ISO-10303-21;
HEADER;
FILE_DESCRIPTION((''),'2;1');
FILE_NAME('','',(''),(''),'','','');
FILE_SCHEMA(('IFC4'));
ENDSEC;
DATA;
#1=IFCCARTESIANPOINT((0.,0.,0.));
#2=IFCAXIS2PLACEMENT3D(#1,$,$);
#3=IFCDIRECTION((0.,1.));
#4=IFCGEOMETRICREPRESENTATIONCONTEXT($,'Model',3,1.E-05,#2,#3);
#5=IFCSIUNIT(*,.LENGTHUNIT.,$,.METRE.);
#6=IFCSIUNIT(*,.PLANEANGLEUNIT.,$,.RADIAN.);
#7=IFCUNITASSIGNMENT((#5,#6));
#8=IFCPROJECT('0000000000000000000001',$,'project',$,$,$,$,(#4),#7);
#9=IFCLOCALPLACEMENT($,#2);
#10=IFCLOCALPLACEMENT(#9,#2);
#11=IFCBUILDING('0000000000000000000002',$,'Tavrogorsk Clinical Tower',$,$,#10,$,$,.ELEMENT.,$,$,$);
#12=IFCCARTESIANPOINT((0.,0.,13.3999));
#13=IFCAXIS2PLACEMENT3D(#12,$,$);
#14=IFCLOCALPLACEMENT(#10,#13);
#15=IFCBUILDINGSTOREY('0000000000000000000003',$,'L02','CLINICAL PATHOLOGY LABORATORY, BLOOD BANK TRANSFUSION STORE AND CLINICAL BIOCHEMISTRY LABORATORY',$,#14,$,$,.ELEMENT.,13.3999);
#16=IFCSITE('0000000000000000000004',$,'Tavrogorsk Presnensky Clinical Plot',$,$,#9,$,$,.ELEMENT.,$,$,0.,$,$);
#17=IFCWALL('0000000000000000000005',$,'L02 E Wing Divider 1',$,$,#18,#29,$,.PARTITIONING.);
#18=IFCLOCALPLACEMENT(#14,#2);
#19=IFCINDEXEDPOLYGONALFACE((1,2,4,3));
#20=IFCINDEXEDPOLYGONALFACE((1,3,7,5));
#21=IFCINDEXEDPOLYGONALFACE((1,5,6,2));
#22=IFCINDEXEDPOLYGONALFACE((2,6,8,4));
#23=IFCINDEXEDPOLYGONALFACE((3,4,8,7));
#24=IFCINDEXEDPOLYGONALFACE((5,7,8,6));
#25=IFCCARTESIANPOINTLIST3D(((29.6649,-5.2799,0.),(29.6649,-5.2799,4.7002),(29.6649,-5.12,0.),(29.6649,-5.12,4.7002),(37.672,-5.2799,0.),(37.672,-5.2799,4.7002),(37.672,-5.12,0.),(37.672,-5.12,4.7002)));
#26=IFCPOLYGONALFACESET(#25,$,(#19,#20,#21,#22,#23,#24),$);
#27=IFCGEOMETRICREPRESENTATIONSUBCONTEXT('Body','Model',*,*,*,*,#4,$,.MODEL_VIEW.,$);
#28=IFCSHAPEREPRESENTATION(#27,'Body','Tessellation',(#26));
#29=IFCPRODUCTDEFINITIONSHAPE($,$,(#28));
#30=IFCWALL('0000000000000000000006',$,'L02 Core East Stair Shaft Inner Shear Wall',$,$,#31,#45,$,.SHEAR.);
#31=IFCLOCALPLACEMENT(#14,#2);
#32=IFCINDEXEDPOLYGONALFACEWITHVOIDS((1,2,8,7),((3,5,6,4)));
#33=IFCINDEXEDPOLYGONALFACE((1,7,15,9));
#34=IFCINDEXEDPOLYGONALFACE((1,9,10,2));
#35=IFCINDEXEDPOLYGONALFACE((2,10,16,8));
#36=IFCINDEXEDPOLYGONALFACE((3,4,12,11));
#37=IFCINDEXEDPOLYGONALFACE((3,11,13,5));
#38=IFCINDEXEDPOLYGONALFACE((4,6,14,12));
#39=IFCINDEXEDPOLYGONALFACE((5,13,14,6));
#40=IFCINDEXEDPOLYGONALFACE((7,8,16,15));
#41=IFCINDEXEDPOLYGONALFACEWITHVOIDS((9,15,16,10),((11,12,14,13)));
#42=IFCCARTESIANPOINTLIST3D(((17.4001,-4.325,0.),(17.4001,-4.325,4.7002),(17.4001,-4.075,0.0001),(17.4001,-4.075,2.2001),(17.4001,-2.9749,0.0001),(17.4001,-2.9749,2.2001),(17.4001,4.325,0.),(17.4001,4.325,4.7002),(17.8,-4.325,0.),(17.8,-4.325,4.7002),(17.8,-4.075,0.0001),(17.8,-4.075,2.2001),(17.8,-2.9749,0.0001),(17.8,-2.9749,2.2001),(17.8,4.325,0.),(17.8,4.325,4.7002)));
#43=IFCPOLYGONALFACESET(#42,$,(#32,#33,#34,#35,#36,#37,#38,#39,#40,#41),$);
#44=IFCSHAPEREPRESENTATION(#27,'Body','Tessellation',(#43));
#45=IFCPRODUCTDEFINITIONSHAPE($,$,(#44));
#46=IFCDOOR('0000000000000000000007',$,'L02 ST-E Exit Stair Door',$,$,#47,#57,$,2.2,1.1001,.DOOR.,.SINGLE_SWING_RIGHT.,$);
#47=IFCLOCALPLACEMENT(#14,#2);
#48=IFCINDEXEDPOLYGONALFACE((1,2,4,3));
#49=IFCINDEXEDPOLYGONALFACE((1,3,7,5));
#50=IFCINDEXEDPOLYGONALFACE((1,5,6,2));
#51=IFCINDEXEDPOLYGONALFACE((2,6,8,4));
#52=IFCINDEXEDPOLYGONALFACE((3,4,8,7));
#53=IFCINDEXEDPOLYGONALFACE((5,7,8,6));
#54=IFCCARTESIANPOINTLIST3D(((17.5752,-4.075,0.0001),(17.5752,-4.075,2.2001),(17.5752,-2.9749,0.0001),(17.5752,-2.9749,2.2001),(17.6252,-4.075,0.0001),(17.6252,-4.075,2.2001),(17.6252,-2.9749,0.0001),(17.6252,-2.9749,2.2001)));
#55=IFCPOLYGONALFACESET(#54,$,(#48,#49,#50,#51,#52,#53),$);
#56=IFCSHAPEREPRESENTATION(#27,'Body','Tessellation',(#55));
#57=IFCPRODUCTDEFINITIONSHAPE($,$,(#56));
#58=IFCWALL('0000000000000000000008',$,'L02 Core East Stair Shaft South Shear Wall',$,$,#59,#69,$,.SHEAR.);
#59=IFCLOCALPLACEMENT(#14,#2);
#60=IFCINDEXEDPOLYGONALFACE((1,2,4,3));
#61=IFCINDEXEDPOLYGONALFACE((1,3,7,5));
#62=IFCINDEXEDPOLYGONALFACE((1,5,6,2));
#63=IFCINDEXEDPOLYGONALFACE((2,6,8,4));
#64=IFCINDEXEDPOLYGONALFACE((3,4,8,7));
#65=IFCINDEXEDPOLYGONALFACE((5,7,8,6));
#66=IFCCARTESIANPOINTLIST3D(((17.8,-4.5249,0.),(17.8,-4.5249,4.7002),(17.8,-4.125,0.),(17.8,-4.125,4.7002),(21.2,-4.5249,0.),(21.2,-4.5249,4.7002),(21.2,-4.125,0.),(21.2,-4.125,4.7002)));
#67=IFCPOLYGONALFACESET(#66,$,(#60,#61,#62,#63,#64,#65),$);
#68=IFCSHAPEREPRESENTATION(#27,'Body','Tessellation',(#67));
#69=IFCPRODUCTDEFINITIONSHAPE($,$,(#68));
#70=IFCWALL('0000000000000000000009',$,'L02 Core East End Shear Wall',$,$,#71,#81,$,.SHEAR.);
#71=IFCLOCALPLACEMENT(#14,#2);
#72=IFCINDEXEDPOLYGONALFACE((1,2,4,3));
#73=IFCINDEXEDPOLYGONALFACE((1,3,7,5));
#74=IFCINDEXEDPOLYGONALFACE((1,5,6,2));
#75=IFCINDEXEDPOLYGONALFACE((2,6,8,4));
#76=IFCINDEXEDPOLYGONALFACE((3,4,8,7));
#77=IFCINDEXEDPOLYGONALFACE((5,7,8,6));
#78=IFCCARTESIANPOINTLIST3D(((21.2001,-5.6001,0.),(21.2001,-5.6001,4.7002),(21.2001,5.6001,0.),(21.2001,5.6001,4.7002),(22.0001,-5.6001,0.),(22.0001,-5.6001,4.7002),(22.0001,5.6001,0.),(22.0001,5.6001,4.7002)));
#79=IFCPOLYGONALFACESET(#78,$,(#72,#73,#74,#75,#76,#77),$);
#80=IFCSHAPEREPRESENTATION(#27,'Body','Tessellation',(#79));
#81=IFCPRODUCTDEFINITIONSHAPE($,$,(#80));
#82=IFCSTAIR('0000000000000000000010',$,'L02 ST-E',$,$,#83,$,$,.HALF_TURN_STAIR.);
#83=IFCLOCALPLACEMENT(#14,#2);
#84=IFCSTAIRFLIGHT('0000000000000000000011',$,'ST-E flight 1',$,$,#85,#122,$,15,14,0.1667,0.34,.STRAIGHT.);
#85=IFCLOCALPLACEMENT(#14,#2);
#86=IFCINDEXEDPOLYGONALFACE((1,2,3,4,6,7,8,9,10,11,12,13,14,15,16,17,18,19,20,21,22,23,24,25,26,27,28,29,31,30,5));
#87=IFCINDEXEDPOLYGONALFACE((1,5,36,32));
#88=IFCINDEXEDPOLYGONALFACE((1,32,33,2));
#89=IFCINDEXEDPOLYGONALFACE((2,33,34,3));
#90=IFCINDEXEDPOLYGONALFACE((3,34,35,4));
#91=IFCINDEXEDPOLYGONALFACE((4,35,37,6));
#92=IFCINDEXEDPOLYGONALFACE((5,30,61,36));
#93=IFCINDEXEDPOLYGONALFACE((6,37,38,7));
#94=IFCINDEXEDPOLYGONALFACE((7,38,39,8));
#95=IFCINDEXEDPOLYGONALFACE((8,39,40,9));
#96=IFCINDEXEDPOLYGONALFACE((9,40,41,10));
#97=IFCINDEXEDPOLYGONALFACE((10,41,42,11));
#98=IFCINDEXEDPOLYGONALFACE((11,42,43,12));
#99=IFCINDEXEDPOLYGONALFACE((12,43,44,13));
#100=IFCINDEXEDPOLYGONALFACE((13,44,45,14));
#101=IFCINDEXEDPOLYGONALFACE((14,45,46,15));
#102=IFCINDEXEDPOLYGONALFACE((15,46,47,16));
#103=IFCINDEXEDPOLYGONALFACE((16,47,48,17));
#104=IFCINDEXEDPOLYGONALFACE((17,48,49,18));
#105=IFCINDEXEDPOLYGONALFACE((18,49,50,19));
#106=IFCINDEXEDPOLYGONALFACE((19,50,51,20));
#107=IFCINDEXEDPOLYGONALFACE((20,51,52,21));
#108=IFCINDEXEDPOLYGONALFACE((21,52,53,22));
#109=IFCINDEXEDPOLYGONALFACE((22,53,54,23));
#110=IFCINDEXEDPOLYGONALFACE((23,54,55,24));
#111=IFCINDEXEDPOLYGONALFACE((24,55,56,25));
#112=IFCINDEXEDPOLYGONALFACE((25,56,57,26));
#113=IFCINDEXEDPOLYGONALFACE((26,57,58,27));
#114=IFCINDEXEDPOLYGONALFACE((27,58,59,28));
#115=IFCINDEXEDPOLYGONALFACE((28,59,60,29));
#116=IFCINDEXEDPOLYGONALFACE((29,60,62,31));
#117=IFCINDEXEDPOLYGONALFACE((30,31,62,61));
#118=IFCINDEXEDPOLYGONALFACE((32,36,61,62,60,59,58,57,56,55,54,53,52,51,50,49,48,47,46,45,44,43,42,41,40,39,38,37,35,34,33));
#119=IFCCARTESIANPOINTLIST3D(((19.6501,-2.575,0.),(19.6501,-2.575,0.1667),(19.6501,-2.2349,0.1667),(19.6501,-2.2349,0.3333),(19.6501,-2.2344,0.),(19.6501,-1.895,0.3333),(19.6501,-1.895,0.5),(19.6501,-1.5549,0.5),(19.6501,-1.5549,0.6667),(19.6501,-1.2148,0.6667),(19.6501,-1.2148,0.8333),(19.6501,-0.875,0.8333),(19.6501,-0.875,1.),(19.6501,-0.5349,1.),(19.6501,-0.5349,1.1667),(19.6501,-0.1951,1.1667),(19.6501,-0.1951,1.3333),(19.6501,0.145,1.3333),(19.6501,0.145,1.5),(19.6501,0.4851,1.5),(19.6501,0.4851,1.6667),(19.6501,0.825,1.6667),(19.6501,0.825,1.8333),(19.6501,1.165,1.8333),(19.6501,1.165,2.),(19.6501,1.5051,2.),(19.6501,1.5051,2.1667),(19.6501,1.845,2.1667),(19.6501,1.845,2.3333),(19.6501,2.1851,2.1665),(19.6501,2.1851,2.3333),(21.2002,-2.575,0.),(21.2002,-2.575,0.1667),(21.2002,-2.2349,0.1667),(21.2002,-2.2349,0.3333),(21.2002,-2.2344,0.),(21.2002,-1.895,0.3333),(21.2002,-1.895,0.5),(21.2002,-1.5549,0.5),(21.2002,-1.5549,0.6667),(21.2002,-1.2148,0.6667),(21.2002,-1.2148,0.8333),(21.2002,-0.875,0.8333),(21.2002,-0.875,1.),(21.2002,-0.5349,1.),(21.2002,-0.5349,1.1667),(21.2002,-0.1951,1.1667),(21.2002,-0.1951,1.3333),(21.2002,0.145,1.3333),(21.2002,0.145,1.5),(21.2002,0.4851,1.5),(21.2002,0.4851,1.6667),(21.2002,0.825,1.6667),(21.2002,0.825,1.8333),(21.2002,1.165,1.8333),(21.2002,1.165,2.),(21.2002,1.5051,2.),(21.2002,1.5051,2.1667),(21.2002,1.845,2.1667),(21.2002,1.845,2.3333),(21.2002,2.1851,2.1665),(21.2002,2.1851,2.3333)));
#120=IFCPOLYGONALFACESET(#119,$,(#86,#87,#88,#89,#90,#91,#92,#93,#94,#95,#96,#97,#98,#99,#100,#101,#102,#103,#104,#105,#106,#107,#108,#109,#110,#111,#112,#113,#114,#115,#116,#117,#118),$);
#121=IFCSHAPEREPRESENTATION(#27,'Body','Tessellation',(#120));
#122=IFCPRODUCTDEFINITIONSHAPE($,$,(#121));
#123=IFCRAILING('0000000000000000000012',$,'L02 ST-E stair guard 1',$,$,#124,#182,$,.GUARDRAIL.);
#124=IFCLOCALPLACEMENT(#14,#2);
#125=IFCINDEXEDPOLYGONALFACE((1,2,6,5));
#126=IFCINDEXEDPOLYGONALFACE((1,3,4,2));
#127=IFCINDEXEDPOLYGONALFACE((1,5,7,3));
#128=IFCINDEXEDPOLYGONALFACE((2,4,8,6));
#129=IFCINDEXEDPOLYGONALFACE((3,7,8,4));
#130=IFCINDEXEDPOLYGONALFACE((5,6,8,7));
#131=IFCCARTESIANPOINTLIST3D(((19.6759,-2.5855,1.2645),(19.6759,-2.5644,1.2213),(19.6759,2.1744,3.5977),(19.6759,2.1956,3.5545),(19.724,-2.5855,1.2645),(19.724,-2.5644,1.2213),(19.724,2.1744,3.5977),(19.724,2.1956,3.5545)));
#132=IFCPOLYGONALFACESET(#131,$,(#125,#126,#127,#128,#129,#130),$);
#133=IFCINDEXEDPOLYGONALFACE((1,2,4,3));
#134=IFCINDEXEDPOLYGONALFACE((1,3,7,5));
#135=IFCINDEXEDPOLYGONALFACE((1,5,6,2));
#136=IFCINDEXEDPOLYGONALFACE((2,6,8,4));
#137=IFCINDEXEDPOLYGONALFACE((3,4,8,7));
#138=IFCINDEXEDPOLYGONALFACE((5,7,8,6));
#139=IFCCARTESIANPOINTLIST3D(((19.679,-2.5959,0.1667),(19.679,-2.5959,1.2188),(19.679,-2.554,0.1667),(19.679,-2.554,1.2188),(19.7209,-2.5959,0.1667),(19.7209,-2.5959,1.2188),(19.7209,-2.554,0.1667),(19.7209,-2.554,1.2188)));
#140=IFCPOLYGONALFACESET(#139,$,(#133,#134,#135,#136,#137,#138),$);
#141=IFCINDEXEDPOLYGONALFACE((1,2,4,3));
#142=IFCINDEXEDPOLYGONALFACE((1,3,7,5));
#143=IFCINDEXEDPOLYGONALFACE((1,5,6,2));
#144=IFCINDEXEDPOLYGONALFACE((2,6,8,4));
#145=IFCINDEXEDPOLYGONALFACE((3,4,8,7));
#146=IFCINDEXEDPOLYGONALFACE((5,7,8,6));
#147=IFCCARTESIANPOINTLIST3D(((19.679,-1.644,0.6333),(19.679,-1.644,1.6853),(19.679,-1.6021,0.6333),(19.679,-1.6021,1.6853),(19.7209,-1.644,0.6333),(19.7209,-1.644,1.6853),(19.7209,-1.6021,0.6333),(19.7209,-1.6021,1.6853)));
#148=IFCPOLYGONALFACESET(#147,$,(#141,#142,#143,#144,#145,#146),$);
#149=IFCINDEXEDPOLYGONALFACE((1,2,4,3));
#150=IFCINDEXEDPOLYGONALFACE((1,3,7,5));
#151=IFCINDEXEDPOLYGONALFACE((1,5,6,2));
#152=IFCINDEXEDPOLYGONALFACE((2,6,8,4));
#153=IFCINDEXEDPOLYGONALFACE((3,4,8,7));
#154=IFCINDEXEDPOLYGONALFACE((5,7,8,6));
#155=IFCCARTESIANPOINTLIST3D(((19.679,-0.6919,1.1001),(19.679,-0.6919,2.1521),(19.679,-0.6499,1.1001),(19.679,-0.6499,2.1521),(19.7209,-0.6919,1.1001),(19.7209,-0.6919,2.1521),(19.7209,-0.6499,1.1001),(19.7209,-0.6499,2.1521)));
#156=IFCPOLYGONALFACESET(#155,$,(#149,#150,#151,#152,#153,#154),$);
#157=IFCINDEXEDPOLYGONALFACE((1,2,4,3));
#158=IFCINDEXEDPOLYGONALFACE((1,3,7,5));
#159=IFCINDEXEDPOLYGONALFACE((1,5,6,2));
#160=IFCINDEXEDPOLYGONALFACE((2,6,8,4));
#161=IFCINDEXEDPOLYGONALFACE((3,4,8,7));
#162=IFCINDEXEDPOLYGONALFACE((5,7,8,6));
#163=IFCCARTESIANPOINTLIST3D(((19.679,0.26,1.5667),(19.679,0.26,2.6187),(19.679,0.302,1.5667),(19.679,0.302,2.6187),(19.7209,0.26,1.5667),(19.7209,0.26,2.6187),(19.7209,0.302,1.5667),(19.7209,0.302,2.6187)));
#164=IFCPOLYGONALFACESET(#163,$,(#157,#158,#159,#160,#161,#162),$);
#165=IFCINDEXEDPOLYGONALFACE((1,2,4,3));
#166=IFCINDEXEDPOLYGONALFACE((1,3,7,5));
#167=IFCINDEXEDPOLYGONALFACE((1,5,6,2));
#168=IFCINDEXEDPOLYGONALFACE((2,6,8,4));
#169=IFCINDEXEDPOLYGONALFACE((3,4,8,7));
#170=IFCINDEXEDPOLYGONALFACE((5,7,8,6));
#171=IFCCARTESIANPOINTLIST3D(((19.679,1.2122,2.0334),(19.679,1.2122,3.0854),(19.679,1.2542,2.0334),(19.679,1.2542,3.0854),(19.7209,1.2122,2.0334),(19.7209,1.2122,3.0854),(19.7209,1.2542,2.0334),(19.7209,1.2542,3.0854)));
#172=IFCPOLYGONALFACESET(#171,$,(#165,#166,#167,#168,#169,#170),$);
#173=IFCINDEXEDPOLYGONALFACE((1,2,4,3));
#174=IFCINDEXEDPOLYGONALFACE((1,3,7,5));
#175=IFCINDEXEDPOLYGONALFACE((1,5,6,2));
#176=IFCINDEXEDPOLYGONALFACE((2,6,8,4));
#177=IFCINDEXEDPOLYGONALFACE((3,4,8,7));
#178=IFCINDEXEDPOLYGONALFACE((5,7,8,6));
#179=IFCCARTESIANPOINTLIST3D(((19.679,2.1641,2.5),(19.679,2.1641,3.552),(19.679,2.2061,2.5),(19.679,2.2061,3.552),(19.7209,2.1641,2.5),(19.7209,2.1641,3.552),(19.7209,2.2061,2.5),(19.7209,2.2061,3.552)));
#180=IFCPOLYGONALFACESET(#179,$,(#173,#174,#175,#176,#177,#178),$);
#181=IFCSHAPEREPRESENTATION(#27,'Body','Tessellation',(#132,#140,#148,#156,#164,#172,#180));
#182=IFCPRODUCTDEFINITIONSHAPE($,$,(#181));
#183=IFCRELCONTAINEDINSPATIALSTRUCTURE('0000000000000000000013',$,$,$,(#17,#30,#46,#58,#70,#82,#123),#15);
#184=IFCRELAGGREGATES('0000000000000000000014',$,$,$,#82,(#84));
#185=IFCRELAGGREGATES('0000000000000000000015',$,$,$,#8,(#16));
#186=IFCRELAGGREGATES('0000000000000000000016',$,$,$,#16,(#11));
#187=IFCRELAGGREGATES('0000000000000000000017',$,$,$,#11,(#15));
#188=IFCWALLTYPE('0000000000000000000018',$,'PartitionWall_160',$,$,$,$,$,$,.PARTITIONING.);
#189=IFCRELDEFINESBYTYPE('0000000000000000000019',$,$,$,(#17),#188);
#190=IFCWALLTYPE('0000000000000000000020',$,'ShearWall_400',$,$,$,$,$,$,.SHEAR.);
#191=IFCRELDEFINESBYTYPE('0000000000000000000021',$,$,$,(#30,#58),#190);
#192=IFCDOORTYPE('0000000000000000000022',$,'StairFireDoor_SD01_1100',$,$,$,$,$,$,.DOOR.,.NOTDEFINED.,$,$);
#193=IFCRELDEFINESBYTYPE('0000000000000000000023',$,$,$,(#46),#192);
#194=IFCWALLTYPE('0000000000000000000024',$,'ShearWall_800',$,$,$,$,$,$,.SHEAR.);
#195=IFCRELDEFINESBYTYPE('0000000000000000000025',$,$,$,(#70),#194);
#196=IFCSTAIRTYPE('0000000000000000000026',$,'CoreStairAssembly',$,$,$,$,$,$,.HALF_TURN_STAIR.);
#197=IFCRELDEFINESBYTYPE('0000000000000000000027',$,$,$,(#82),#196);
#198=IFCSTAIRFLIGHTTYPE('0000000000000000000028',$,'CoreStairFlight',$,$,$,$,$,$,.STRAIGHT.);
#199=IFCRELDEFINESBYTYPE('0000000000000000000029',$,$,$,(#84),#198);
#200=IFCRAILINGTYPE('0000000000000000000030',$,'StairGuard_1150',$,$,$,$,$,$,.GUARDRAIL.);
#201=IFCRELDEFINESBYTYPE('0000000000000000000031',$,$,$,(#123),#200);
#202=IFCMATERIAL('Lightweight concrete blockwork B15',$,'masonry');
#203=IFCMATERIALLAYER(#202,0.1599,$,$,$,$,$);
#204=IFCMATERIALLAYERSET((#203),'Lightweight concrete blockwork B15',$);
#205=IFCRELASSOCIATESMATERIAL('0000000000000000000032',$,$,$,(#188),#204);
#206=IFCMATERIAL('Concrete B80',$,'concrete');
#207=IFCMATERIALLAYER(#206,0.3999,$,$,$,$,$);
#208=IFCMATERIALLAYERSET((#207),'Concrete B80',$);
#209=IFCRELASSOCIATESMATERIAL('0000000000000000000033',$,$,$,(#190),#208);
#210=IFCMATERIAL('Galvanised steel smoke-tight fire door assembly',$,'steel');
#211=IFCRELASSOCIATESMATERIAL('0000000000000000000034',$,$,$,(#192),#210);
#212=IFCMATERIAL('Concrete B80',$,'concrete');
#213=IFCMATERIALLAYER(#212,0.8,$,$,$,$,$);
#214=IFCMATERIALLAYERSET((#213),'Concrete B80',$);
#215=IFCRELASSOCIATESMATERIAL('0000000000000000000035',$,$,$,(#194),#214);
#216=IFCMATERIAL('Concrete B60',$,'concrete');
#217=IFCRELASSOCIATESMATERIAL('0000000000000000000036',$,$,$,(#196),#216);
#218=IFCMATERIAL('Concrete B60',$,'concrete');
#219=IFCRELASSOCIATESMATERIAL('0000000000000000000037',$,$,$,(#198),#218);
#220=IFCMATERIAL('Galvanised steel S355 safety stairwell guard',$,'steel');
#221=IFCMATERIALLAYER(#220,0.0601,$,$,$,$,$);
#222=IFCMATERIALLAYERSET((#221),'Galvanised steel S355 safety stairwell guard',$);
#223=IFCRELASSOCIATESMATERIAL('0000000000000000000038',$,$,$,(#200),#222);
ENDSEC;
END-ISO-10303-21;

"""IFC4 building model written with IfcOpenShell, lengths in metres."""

from ifc_helpers import new_model, si_unit, direction, frame, frame_2d, origin, origin_2d, place, context, subcontext, project, spatial, polyline, rectangle, outline, extrude, material, layer, layer_set, type_object, element, fill, aggregate, save


model = new_model("IFC4")

# Units and contexts
model_context = context("Model", 3, precision=1e-05, world=origin(), true_north=direction((0.0, 1.0)))
body_context = subcontext(model_context, "Body", "Model", "MODEL_VIEW")
ifc_project = project(units=[si_unit("LENGTHUNIT", "METRE"), si_unit("PLANEANGLEUNIT", "RADIAN")], contexts=[model_context])

# Site, building, storey
site_placement = place(None, origin())
site = spatial("IfcSite", under=ifc_project, at=site_placement, Name="Tavrogorsk Presnensky Clinical Plot", CompositionType="ELEMENT", RefElevation=0.0)
building_placement = place(site_placement, origin())
building = spatial("IfcBuilding", under=site, at=building_placement, Name="Tavrogorsk Clinical Tower", CompositionType="ELEMENT")
storey_placement = place(building_placement, frame((0.0, 0.0, 13.3999)))
storey = spatial("IfcBuildingStorey", under=building, at=storey_placement, Name="L02", Description="CLINICAL PATHOLOGY LABORATORY, BLOOD BANK TRANSFUSION STORE AND CLINICAL BIOCHEMISTRY LABORATORY", CompositionType="ELEMENT", Elevation=13.3999)

# Shared definitions
ifc_material_1 = material(Name="Lightweight concrete blockwork B15", Category="masonry")
ifc_layer_1 = layer(ifc_material_1, 0.1599)
ifc_layer_set_1 = layer_set([ifc_layer_1], Name="Lightweight concrete blockwork B15")
wall_type_1 = type_object("IfcWallType", Name="PartitionWall_160", PredefinedType="PARTITIONING", material=ifc_layer_set_1)

# Wall
wall_1_placement = place(storey_placement, frame((29.665, -5.2, 0.0), z_axis=(0.0, 0.0, 1.0), x_axis=(1.0, 0.0, 0.0)))
element("IfcWall", 1, at=wall_1_placement, inside=storey, type_object=wall_type_1, Name="L02 E Wing Divider 1", PredefinedType="PARTITIONING", context=body_context, shape_type="SweptSolid", body=[
    extrude(rectangle(XDim=8.0071, YDim=0.1599, at=frame_2d((4.0034, 0.0))), origin(), (0.0, 0.0, 1.0), 4.7002),
])

# Wall, opening, door
ifc_material_2 = material(Name="Concrete B80", Category="concrete")
ifc_layer_2 = layer(ifc_material_2, 0.3999)
ifc_layer_set_2 = layer_set([ifc_layer_2], Name="Concrete B80")
wall_type_2 = type_object("IfcWallType", Name="ShearWall_400", PredefinedType="SHEAR", material=ifc_layer_set_2)
wall_2_placement = place(storey_placement, frame((17.6001, -4.325, 0.0), z_axis=(0.0, 0.0, 1.0), x_axis=(0.0, 1.0, 0.0)))
wall_2 = element("IfcWall", 2, at=wall_2_placement, inside=storey, type_object=wall_type_2, Name="L02 Core East Stair Shaft Inner Shear Wall", PredefinedType="SHEAR", context=body_context, shape_type="SweptSolid", body=[
    extrude(rectangle(XDim=8.6499, YDim=0.3999, at=frame_2d((4.325, 0.0))), origin(), (0.0, 0.0, 1.0), 4.7002),
])
opening_1_placement = place(wall_2_placement, frame((0.25, 0.0, 0.0)))
opening_1 = element("IfcOpeningElement", 3, at=opening_1_placement, cuts=wall_2, PredefinedType="OPENING", context=body_context, shape_type="SweptSolid", body=[
    extrude(rectangle(XDim=1.1001, YDim=2.2, at=frame_2d((0.55, 1.1001))), frame((0.0, 0.21, 0.0), z_axis=(0.0, -1.0, 0.0), x_axis=(1.0, 0.0, 0.0)), (0.0, 0.0, 1.0), 0.4199),
])
ifc_material_3 = material(Name="Galvanised steel smoke-tight fire door assembly", Category="steel")
door_type_1 = type_object("IfcDoorType", Name="StairFireDoor_SD01_1100", OperationType="NOTDEFINED", PredefinedType="DOOR", material=ifc_material_3)
door_1_placement = place(opening_1_placement, origin())
door_1 = element("IfcDoor", 4, at=door_1_placement, inside=storey, type_object=door_type_1, Name="L02 ST-E Exit Stair Door", OperationType="SINGLE_SWING_RIGHT", OverallHeight=2.2, OverallWidth=1.1001, PredefinedType="DOOR", context=body_context, shape_type="SweptSolid", body=[
    extrude(rectangle(XDim=1.1001, YDim=2.2, at=frame_2d((0.55, 1.1001))), frame((0.0, 0.0249, 0.0), z_axis=(0.0, -1.0, 0.0), x_axis=(1.0, 0.0, 0.0)), (0.0, 0.0, 1.0), 0.05),
])
fill(opening_1, door_1)

# Walls
wall_3_placement = place(storey_placement, frame((17.8, -4.325, 0.0), z_axis=(0.0, 0.0, 1.0), x_axis=(1.0, 0.0, 0.0)))
element("IfcWall", 5, at=wall_3_placement, inside=storey, type_object=wall_type_2, Name="L02 Core East Stair Shaft South Shear Wall", PredefinedType="SHEAR", context=body_context, shape_type="SweptSolid", body=[
    extrude(rectangle(XDim=3.3999, YDim=0.3999, at=frame_2d((1.7, 0.0))), origin(), (0.0, 0.0, 1.0), 4.7002),
])
ifc_material_4 = material(Name="Concrete B80", Category="concrete")
ifc_layer_3 = layer(ifc_material_4, 0.8)
ifc_layer_set_3 = layer_set([ifc_layer_3], Name="Concrete B80")
wall_type_3 = type_object("IfcWallType", Name="ShearWall_800", PredefinedType="SHEAR", material=ifc_layer_set_3)
wall_4_placement = place(storey_placement, frame((21.6001, -5.6001, 0.0), z_axis=(0.0, 0.0, 1.0), x_axis=(0.0, 1.0, 0.0)))
element("IfcWall", 6, at=wall_4_placement, inside=storey, type_object=wall_type_3, Name="L02 Core East End Shear Wall", PredefinedType="SHEAR", context=body_context, shape_type="SweptSolid", body=[
    extrude(rectangle(XDim=11.2002, YDim=0.8, at=frame_2d((5.6001, 0.0))), origin(), (0.0, 0.0, 1.0), 4.7002),
])

# Stair, stair flight
ifc_material_5 = material(Name="Concrete B60", Category="concrete")
stair_type = type_object("IfcStairType", Name="CoreStairAssembly", PredefinedType="HALF_TURN_STAIR", material=ifc_material_5)
stair_placement = place(storey_placement, origin())
stair = element("IfcStair", 7, at=stair_placement, inside=storey, type_object=stair_type, Name="L02 ST-E", PredefinedType="HALF_TURN_STAIR")
ifc_material_6 = material(Name="Concrete B60", Category="concrete")
stair_flight_type = type_object("IfcStairFlightType", Name="CoreStairFlight", PredefinedType="STRAIGHT", material=ifc_material_6)
stair_flight_placement = place(storey_placement, frame((20.425, -2.575, 0.0), z_axis=(0.0, 0.0, 1.0), x_axis=(0.0, 1.0, 0.0)))
stair_flight = element("IfcStairFlight", 8, at=stair_flight_placement, type_object=stair_flight_type, Name="ST-E flight 1", NumberOfRisers=15, NumberOfTreads=14, PredefinedType="STRAIGHT", RiserHeight=0.1667, TreadLength=0.34, context=body_context, shape_type="SweptSolid", body=[
    extrude(outline(polyline([(0.0, 0.0), (0.0, 0.1667), (0.3401, 0.1667), (0.3401, 0.3333), (0.6799, 0.3333), (0.6799, 0.5), (1.02, 0.5), (1.02, 0.6667), (1.3601, 0.6667), (1.3601, 0.8333), (1.7, 0.8333), (1.7, 1.0), (2.04, 1.0), (2.04, 1.1667), (2.3799, 1.1667), (2.3799, 1.3333), (2.72, 1.3333), (2.72, 1.5), (3.0601, 1.5), (3.0601, 1.6667), (3.3999, 1.6667), (3.3999, 1.8333), (3.74, 1.8333), (3.74, 2.0), (4.0801, 2.0), (4.0801, 2.1667), (4.4199, 2.1667), (4.4199, 2.3333), (4.76, 2.3333), (4.76, 2.5), (4.76, 2.1665), (0.3406, 0.0), (0.0, 0.0)])), frame((0.0, 0.7749, 0.0), z_axis=(0.0, -1.0, 0.0), x_axis=(1.0, 0.0, 0.0)), (0.0, 0.0, 1.0), 1.55),
])
aggregate(stair, [stair_flight])

# Railing
ifc_material_7 = material(Name="Galvanised steel S355 safety stairwell guard", Category="steel")
ifc_layer_4 = layer(ifc_material_7, 0.0601)
ifc_layer_set_4 = layer_set([ifc_layer_4], Name="Galvanised steel S355 safety stairwell guard")
railing_type = type_object("IfcRailingType", Name="StairGuard_1150", PredefinedType="GUARDRAIL", material=ifc_layer_set_4)
railing_1_placement = place(storey_placement, frame((19.7, -2.575, 0.1667)))
element("IfcRailing", 9, at=railing_1_placement, inside=storey, type_object=railing_type, Name="L02 ST-E stair guard 1", PredefinedType="GUARDRAIL", context=body_context, shape_type="SweptSolid", body=[
    extrude(rectangle(XDim=0.0481, YDim=0.0481, at=origin_2d()), frame((0.0, 0.0, 1.0762), z_axis=(0.0, 0.897927, 0.440144), x_axis=(-1.0, 0.0, 0.0)), (0.0, 0.0, 1.0), 5.301),
    extrude(rectangle(XDim=0.042, YDim=0.042, at=origin_2d()), origin(), (0.0, 0.0, 1.0), 1.052),
    extrude(rectangle(XDim=0.042, YDim=0.042, at=origin_2d()), frame((0.0, 0.9519, 0.4666)), (0.0, 0.0, 1.0), 1.052),
    extrude(rectangle(XDim=0.042, YDim=0.042, at=origin_2d()), frame((0.0, 1.9041, 0.9333)), (0.0, 0.0, 1.0), 1.052),
    extrude(rectangle(XDim=0.042, YDim=0.042, at=origin_2d()), frame((0.0, 2.856, 1.3999)), (0.0, 0.0, 1.0), 1.052),
    extrude(rectangle(XDim=0.042, YDim=0.042, at=origin_2d()), frame((0.0, 3.8081, 1.8667)), (0.0, 0.0, 1.0), 1.052),
    extrude(rectangle(XDim=0.042, YDim=0.042, at=origin_2d()), frame((0.0, 4.76, 2.3333)), (0.0, 0.0, 1.0), 1.052),
])

save(model, "model.ifc")
